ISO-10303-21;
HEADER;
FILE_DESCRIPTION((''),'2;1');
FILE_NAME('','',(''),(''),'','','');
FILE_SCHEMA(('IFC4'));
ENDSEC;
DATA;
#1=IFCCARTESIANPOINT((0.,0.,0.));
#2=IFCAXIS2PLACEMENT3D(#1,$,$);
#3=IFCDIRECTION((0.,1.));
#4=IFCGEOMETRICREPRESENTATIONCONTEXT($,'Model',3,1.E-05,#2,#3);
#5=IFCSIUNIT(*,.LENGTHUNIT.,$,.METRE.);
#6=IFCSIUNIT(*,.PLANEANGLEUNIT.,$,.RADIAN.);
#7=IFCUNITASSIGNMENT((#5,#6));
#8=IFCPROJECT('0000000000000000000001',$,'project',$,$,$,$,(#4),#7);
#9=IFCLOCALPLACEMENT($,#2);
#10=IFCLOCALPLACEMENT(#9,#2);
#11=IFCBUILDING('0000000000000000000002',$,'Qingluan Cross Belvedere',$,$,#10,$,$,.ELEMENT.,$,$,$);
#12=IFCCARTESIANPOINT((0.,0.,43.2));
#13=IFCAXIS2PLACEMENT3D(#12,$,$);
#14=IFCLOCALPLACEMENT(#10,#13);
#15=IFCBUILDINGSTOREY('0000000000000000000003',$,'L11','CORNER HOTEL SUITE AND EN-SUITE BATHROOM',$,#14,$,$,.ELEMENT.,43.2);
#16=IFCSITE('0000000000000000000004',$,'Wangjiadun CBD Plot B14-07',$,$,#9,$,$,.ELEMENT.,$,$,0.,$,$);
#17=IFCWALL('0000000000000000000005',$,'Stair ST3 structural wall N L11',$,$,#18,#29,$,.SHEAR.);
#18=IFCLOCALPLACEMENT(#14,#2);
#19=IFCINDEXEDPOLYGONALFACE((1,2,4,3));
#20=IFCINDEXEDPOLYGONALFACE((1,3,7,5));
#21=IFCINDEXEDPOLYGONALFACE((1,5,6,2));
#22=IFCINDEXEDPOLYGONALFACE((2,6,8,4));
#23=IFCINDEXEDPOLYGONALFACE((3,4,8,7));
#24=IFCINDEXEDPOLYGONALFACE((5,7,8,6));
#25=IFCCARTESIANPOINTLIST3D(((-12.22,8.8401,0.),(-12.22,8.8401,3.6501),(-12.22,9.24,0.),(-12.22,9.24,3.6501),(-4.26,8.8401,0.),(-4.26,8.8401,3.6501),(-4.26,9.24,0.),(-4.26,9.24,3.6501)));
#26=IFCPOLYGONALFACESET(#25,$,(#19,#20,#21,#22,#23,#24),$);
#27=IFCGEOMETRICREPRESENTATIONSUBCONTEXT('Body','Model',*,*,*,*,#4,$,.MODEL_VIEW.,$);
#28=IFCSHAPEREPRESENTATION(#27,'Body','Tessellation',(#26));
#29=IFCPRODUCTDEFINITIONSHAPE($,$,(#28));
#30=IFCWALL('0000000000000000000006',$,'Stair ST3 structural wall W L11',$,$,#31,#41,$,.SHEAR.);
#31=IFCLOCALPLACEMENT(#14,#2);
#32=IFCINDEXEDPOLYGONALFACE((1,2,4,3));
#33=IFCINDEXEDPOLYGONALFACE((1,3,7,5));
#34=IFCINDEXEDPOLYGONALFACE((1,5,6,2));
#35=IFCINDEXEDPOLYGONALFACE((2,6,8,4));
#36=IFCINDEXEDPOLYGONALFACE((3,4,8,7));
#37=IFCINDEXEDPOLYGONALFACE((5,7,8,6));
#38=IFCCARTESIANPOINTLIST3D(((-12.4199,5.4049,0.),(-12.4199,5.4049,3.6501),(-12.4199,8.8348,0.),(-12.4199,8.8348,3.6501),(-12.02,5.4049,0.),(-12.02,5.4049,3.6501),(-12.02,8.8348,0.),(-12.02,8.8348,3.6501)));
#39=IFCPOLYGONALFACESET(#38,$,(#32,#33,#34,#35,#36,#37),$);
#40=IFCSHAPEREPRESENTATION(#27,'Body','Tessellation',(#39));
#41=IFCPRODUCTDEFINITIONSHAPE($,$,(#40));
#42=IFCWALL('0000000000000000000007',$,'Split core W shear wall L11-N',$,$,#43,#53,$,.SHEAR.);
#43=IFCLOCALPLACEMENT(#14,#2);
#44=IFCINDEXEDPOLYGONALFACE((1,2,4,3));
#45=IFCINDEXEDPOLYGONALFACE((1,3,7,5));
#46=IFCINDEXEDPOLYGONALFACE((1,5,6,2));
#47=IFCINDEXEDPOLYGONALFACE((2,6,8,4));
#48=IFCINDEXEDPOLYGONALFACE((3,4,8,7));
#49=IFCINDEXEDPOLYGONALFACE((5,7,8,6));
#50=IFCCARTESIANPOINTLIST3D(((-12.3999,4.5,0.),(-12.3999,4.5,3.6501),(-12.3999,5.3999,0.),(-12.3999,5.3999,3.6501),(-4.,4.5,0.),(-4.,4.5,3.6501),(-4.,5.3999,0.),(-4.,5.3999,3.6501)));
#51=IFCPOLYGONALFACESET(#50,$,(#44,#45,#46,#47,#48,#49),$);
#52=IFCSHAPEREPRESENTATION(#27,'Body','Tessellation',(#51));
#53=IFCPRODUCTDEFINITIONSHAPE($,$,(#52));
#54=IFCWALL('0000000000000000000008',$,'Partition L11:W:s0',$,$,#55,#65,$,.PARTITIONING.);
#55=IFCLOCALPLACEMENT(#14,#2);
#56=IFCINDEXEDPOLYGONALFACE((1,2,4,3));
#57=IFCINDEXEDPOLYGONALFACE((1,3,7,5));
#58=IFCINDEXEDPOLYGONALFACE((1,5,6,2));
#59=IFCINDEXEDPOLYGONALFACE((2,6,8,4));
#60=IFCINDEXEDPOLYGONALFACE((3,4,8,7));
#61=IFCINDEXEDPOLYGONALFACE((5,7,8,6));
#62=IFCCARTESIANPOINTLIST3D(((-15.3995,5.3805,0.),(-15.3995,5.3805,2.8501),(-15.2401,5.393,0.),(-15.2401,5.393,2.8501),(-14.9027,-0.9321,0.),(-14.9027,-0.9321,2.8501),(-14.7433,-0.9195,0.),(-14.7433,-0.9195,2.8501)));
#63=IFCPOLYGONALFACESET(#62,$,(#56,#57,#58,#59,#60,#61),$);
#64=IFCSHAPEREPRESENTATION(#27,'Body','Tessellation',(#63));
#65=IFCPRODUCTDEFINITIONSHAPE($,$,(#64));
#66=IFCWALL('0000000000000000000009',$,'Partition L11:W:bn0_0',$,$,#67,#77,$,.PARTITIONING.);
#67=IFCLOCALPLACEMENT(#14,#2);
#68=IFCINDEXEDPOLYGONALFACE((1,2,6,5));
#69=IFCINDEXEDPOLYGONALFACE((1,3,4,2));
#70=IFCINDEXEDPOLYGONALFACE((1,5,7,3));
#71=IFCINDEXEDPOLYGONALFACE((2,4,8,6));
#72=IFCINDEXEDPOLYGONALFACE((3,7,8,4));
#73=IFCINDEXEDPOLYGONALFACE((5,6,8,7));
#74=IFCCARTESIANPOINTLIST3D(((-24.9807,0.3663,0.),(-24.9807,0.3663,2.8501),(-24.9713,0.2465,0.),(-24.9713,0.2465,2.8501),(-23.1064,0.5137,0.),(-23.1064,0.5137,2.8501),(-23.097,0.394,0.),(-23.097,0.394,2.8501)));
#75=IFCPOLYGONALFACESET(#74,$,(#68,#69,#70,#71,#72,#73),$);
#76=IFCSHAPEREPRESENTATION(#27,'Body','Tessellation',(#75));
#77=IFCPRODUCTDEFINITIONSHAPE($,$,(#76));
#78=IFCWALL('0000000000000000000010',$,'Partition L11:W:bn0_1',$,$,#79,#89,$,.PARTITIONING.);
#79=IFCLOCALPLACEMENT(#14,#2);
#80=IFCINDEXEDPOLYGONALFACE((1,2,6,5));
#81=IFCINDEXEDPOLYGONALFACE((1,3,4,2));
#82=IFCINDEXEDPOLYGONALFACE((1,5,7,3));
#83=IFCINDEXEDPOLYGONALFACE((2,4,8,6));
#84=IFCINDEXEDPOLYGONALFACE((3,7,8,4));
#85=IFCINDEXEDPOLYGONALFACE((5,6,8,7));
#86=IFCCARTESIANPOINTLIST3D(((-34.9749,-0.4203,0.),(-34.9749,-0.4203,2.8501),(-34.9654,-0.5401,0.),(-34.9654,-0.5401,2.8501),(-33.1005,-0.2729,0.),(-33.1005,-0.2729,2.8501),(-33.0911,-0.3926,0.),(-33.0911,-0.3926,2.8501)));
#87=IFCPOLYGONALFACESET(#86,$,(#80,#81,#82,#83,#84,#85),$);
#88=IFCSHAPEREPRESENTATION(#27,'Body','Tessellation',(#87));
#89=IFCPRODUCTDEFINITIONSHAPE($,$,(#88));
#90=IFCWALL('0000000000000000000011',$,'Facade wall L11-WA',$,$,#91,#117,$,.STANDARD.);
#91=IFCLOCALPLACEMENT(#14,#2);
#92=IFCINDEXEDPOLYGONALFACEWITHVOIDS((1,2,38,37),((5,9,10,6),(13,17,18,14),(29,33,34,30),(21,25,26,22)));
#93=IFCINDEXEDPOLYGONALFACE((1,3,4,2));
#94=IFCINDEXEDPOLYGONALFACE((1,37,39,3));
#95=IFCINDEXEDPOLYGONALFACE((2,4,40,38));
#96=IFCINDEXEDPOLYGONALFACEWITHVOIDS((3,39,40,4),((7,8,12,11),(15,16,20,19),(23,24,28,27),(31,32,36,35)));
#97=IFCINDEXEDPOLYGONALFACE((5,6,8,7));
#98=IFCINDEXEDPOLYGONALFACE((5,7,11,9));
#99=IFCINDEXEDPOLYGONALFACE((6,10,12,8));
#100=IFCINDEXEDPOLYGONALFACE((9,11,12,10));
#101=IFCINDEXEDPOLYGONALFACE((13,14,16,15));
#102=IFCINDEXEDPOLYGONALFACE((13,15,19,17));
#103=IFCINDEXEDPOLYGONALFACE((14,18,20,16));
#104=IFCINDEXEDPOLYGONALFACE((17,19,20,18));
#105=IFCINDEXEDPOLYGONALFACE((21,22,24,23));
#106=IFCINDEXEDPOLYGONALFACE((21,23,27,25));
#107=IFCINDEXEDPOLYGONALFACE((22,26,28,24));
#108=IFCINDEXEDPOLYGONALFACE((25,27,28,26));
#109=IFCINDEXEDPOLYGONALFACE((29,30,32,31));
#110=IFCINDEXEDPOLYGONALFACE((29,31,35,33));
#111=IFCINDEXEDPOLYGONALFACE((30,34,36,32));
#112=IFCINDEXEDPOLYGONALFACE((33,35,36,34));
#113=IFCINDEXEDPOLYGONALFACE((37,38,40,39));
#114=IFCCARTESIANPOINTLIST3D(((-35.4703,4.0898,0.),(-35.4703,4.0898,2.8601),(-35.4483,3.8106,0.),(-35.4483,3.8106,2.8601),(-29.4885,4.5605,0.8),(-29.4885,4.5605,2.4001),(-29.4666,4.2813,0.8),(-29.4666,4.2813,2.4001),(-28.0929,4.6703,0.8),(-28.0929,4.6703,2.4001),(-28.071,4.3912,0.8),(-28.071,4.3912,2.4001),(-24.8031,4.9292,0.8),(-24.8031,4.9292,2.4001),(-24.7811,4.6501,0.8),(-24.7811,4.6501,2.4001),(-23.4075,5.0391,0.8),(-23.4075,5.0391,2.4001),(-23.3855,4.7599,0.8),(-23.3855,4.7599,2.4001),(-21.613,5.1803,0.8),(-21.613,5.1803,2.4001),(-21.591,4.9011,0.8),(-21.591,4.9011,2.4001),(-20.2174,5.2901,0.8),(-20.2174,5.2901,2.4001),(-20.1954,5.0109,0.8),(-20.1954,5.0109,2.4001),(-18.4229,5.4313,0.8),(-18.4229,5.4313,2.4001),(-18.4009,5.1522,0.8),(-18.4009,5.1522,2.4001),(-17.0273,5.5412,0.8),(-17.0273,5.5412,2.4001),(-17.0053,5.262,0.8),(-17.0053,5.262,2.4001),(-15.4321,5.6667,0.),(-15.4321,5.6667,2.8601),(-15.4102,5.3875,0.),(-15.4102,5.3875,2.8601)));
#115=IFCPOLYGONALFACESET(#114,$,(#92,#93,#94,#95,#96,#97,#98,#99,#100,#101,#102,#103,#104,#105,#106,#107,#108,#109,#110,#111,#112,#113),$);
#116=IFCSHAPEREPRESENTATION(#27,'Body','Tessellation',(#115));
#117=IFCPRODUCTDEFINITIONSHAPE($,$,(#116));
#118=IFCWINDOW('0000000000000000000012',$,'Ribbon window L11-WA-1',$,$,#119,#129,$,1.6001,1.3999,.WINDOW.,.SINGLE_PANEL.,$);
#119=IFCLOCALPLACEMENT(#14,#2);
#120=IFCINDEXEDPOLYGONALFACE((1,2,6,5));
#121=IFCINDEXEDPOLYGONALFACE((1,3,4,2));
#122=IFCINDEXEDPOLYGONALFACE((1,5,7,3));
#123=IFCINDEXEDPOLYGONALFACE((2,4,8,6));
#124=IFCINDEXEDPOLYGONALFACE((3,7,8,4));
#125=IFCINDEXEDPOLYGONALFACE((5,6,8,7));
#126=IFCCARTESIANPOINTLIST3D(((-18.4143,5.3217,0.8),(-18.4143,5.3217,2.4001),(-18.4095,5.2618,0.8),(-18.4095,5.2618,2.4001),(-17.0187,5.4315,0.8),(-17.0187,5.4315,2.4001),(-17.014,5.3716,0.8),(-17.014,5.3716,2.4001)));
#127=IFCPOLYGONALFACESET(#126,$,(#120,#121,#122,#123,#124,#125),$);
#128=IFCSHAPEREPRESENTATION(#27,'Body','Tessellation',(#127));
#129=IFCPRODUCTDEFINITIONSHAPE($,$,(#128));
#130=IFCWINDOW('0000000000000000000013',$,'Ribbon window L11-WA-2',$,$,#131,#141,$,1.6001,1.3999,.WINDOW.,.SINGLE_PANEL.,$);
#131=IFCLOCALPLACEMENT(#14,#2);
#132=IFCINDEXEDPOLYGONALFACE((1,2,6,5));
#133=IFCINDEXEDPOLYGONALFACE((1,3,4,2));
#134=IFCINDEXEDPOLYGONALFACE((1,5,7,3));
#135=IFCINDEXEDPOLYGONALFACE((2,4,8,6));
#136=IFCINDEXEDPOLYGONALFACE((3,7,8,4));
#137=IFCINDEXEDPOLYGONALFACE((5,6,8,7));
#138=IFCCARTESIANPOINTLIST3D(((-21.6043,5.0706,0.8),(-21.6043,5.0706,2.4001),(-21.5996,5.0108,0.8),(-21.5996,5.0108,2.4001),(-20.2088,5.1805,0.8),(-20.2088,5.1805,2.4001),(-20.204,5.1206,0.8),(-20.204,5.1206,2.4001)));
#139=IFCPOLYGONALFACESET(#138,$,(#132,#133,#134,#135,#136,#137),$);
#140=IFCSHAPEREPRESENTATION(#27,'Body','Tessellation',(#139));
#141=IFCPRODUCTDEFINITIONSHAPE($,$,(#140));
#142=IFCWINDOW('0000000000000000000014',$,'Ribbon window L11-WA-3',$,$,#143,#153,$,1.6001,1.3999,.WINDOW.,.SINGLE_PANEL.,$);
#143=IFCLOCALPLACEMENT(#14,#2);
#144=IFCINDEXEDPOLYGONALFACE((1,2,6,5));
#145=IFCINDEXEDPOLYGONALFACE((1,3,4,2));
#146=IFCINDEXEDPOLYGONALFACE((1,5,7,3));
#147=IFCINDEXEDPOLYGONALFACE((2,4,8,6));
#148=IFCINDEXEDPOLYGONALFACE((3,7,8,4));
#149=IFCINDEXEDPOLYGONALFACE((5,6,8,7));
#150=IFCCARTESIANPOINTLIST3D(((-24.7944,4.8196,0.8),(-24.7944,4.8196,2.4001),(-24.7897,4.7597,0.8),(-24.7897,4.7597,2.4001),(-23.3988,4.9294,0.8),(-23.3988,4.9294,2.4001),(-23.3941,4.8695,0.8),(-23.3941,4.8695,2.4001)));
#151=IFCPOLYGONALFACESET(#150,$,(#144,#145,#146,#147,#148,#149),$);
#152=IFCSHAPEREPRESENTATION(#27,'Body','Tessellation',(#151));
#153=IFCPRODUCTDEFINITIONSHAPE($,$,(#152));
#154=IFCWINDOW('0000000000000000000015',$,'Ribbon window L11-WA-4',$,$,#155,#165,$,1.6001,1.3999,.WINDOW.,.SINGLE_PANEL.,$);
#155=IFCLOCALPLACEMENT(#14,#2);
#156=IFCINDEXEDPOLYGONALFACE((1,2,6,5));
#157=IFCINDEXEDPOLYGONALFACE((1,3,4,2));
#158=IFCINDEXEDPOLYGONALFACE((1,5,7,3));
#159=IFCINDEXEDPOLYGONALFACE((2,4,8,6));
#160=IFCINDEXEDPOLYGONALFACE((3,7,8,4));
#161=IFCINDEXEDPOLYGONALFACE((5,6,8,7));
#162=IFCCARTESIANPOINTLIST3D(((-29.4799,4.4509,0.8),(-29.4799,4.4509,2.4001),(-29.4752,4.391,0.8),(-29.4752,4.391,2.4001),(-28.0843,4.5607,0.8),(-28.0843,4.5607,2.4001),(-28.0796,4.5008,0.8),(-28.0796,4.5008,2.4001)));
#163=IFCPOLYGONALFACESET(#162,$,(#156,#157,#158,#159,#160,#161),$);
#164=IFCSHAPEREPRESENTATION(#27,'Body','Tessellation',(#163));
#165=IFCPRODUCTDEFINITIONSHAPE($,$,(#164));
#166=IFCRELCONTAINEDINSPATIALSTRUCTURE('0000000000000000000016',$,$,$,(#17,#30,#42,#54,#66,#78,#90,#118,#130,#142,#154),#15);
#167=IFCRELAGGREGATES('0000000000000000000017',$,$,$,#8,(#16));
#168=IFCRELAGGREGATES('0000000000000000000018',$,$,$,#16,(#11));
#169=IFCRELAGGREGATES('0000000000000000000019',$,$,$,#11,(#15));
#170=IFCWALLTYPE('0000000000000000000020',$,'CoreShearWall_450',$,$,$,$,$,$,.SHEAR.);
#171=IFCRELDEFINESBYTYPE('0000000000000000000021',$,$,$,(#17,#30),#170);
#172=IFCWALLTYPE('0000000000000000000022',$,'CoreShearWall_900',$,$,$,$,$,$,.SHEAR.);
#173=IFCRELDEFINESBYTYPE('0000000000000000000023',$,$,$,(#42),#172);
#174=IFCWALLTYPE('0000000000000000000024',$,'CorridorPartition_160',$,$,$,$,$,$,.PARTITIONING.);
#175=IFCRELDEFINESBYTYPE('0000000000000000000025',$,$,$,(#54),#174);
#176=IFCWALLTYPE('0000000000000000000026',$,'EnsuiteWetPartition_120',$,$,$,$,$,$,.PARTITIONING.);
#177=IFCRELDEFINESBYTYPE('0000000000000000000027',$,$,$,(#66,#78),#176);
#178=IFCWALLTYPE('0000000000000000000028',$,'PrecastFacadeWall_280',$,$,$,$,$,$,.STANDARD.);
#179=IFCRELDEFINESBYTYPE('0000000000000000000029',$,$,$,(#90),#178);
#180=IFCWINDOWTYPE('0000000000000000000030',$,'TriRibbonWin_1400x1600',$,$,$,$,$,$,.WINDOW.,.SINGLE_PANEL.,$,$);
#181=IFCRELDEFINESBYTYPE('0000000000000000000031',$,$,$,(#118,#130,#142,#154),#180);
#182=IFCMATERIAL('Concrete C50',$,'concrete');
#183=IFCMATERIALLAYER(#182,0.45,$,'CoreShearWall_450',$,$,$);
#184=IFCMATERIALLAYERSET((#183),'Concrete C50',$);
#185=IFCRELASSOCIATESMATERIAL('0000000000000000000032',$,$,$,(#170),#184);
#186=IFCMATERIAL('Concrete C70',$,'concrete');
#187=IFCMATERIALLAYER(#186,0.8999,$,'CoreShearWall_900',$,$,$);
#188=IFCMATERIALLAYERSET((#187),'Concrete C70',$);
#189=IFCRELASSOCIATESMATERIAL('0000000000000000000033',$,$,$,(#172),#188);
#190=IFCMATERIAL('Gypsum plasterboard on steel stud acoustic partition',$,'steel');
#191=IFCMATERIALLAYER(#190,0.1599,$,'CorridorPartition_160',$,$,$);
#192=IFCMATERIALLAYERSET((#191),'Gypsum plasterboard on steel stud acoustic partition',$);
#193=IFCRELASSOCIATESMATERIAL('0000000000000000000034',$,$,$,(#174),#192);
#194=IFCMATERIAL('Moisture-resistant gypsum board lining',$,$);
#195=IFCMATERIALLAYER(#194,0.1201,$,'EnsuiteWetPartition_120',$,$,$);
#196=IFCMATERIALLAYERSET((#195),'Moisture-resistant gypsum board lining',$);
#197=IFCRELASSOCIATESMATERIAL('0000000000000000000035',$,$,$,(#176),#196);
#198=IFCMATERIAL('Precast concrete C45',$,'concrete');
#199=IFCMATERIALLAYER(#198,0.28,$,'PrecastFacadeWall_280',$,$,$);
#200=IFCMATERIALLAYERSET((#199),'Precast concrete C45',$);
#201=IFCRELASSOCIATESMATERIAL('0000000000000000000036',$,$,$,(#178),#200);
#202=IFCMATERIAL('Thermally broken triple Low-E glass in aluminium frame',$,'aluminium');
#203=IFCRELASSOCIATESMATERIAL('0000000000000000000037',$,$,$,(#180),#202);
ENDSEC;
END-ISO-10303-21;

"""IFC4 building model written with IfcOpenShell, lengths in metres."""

from ifc_helpers import new_model, si_unit, direction, frame, frame_2d, origin, place, context, subcontext, project, spatial, rectangle, extrude, material, layer, layer_set, type_object, element, fill, save


model = new_model("IFC4")

# Units and contexts
model_context = context("Model", 3, precision=1e-05, world=origin(), true_north=direction((0.0, 1.0)))
body_context = subcontext(model_context, "Body", "Model", "MODEL_VIEW")
ifc_project = project(units=[si_unit("LENGTHUNIT", "METRE"), si_unit("PLANEANGLEUNIT", "RADIAN")], contexts=[model_context])

# Site, building, storey
site_placement = place(None, origin())
site = spatial("IfcSite", under=ifc_project, at=site_placement, Name="Wangjiadun CBD Plot B14-07", CompositionType="ELEMENT", RefElevation=0.0)
building_placement = place(site_placement, origin())
building = spatial("IfcBuilding", under=site, at=building_placement, Name="Qingluan Cross Belvedere", CompositionType="ELEMENT")
storey_placement = place(building_placement, frame((0.0, 0.0, 43.2)))
storey = spatial("IfcBuildingStorey", under=building, at=storey_placement, Name="L11", Description="CORNER HOTEL SUITE AND EN-SUITE BATHROOM", CompositionType="ELEMENT", Elevation=43.2)

# Walls
ifc_material_1 = material(Name="Concrete C50", Category="concrete")
ifc_layer_1 = layer(ifc_material_1, 0.45, Name="CoreShearWall_450")
ifc_layer_set_1 = layer_set([ifc_layer_1], Name="Concrete C50")
wall_type_1 = type_object("IfcWallType", Name="CoreShearWall_450", PredefinedType="SHEAR", material=ifc_layer_set_1)
wall_1_placement = place(storey_placement, frame((-12.22, 9.04, 0.0), z_axis=(0.0, 0.0, 1.0), x_axis=(1.0, 0.0, 0.0)))
element("IfcWall", 1, at=wall_1_placement, inside=storey, type_object=wall_type_1, Name="Stair ST3 structural wall N L11", PredefinedType="SHEAR", context=body_context, shape_type="SweptSolid", body=[
    extrude(rectangle(XDim=7.96, YDim=0.3999, at=frame_2d((3.98, 0.0))), origin(), (0.0, 0.0, 1.0), 3.6501),
])
wall_2_placement = place(storey_placement, frame((-12.22, 5.405, 0.0), z_axis=(0.0, 0.0, 1.0), x_axis=(0.0, 1.0, 0.0)))
element("IfcWall", 2, at=wall_2_placement, inside=storey, type_object=wall_type_1, Name="Stair ST3 structural wall W L11", PredefinedType="SHEAR", context=body_context, shape_type="SweptSolid", body=[
    extrude(rectangle(XDim=3.4299, YDim=0.3999, at=frame_2d((1.7148, 0.0))), origin(), (0.0, 0.0, 1.0), 3.6501),
])
ifc_material_2 = material(Name="Concrete C70", Category="concrete")
ifc_layer_2 = layer(ifc_material_2, 0.8999, Name="CoreShearWall_900")
ifc_layer_set_2 = layer_set([ifc_layer_2], Name="Concrete C70")
wall_type_2 = type_object("IfcWallType", Name="CoreShearWall_900", PredefinedType="SHEAR", material=ifc_layer_set_2)
wall_3_placement = place(storey_placement, frame((-12.3999, 4.95, 0.0), z_axis=(0.0, 0.0, 1.0), x_axis=(1.0, 0.0, 0.0)))
element("IfcWall", 3, at=wall_3_placement, inside=storey, type_object=wall_type_2, Name="Split core W shear wall L11-N", PredefinedType="SHEAR", context=body_context, shape_type="SweptSolid", body=[
    extrude(rectangle(XDim=8.3999, YDim=0.8999, at=frame_2d((4.2, 0.0))), origin(), (0.0, 0.0, 1.0), 3.6501),
])
ifc_material_3 = material(Name="Gypsum plasterboard on steel stud acoustic partition", Category="steel")
ifc_layer_3 = layer(ifc_material_3, 0.1599, Name="CorridorPartition_160")
ifc_layer_set_3 = layer_set([ifc_layer_3], Name="Gypsum plasterboard on steel stud acoustic partition")
wall_type_3 = type_object("IfcWallType", Name="CorridorPartition_160", PredefinedType="PARTITIONING", material=ifc_layer_set_3)
wall_4_placement = place(storey_placement, frame((-14.823, -0.9258, 0.0), z_axis=(0.0, 0.0, 1.0), x_axis=(-0.078462, 0.996917, 0.0)))
element("IfcWall", 4, at=wall_4_placement, inside=storey, type_object=wall_type_3, Name="Partition L11:W:s0", PredefinedType="PARTITIONING", context=body_context, shape_type="SweptSolid", body=[
    extrude(rectangle(XDim=6.332, YDim=0.1599, at=frame_2d((3.166, 0.0))), origin(), (0.0, 0.0, 1.0), 2.8501),
])
ifc_material_4 = material(Name="Moisture-resistant gypsum board lining")
ifc_layer_4 = layer(ifc_material_4, 0.1201, Name="EnsuiteWetPartition_120")
ifc_layer_set_4 = layer_set([ifc_layer_4], Name="Moisture-resistant gypsum board lining")
wall_type_4 = type_object("IfcWallType", Name="EnsuiteWetPartition_120", PredefinedType="PARTITIONING", material=ifc_layer_set_4)
for number, where, z_axis, x_axis, name in (
    (5, (-23.1018, 0.4539, 0.0), (0.0, 0.0, 1.0), (-0.996919, -0.078434, 0.0), "Partition L11:W:bn0_0"),
    (6, (-33.0959, -0.3328, 0.0), (0.0, 0.0, 1.0), (-0.996919, -0.078434, 0.0), "Partition L11:W:bn0_1"),
):
    element("IfcWall", number, at=place(storey_placement, frame(where, z_axis=z_axis, x_axis=x_axis)), inside=storey, type_object=wall_type_4, Name=name, PredefinedType="PARTITIONING", context=body_context, shape_type="SweptSolid", body=[
        extrude(rectangle(XDim=1.8801, YDim=0.1201, at=frame_2d((0.9399, 0.0))), origin(), (0.0, 0.0, 1.0), 2.8501),
    ])

# Wall, openings, windows
ifc_material_5 = material(Name="Precast concrete C45", Category="concrete")
ifc_layer_5 = layer(ifc_material_5, 0.28, Name="PrecastFacadeWall_280")
ifc_layer_set_5 = layer_set([ifc_layer_5], Name="Precast concrete C45")
wall_type_5 = type_object("IfcWallType", Name="PrecastFacadeWall_280", PredefinedType="STANDARD", material=ifc_layer_set_5)
wall_5_placement = place(storey_placement, frame((-15.4211, 5.5271, 0.0), z_axis=(0.0, 0.0, 1.0), x_axis=(-0.996918, -0.078453, 0.0)))
wall_5 = element("IfcWall", 7, at=wall_5_placement, inside=storey, type_object=wall_type_5, Name="Facade wall L11-WA", PredefinedType="STANDARD", context=body_context, shape_type="SweptSolid", body=[
    extrude(rectangle(XDim=20.1001, YDim=0.28, at=frame_2d((10.05, 0.0))), origin(), (0.0, 0.0, 1.0), 2.8601),
])
opening_1_placement = place(wall_5_placement, frame((1.6001, 0.0, 0.8)))
opening_1 = element("IfcOpeningElement", 8, at=opening_1_placement, cuts=wall_5, PredefinedType="OPENING", context=body_context, shape_type="SweptSolid", body=[
    extrude(rectangle(XDim=1.3999, YDim=1.6001, at=frame_2d((0.7, 0.8))), frame((0.0, 0.1499, 0.0), z_axis=(0.0, -1.0, 0.0), x_axis=(1.0, 0.0, 0.0)), (0.0, 0.0, 1.0), 0.3),
])
opening_2_placement = place(wall_5_placement, frame((4.8, 0.0, 0.8)))
opening_2 = element("IfcOpeningElement", 9, at=opening_2_placement, cuts=wall_5, PredefinedType="OPENING", context=body_context, shape_type="SweptSolid", body=[
    extrude(rectangle(XDim=1.3999, YDim=1.6001, at=frame_2d((0.7, 0.8))), frame((0.0, 0.1499, 0.0), z_axis=(0.0, -1.0, 0.0), x_axis=(1.0, 0.0, 0.0)), (0.0, 0.0, 1.0), 0.3),
])
opening_3_placement = place(wall_5_placement, frame((8.0, 0.0, 0.8)))
opening_3 = element("IfcOpeningElement", 10, at=opening_3_placement, cuts=wall_5, PredefinedType="OPENING", context=body_context, shape_type="SweptSolid", body=[
    extrude(rectangle(XDim=1.3999, YDim=1.6001, at=frame_2d((0.7, 0.8))), frame((0.0, 0.1499, 0.0), z_axis=(0.0, -1.0, 0.0), x_axis=(1.0, 0.0, 0.0)), (0.0, 0.0, 1.0), 0.3),
])
opening_4_placement = place(wall_5_placement, frame((12.7, 0.0, 0.8)))
opening_4 = element("IfcOpeningElement", 11, at=opening_4_placement, cuts=wall_5, PredefinedType="OPENING", context=body_context, shape_type="SweptSolid", body=[
    extrude(rectangle(XDim=1.3999, YDim=1.6001, at=frame_2d((0.7, 0.8))), frame((0.0, 0.1499, 0.0), z_axis=(0.0, -1.0, 0.0), x_axis=(1.0, 0.0, 0.0)), (0.0, 0.0, 1.0), 0.3),
])
ifc_material_6 = material(Name="Thermally broken triple Low-E glass in aluminium frame", Category="aluminium")
window_type_1 = type_object("IfcWindowType", Name="TriRibbonWin_1400x1600", PartitioningType="SINGLE_PANEL", PredefinedType="WINDOW", material=ifc_material_6)
window_1_placement = place(opening_1_placement, origin())
window_1 = element("IfcWindow", 12, at=window_1_placement, inside=storey, type_object=window_type_1, Name="Ribbon window L11-WA-1", OverallHeight=1.6001, OverallWidth=1.3999, PartitioningType="SINGLE_PANEL", PredefinedType="WINDOW", context=body_context, shape_type="SweptSolid", body=[
    extrude(rectangle(XDim=1.3999, YDim=1.6001, at=frame_2d((0.7, 0.8))), frame((0.0, 0.03, 0.0), z_axis=(0.0, -1.0, 0.0), x_axis=(1.0, 0.0, 0.0)), (0.0, 0.0, 1.0), 0.0601),
])
fill(opening_1, window_1)
window_2_placement = place(opening_2_placement, origin())
window_2 = element("IfcWindow", 13, at=window_2_placement, inside=storey, type_object=window_type_1, Name="Ribbon window L11-WA-2", OverallHeight=1.6001, OverallWidth=1.3999, PartitioningType="SINGLE_PANEL", PredefinedType="WINDOW", context=body_context, shape_type="SweptSolid", body=[
    extrude(rectangle(XDim=1.3999, YDim=1.6001, at=frame_2d((0.7, 0.8))), frame((0.0, 0.03, 0.0), z_axis=(0.0, -1.0, 0.0), x_axis=(1.0, 0.0, 0.0)), (0.0, 0.0, 1.0), 0.0601),
])
fill(opening_2, window_2)
window_3_placement = place(opening_3_placement, origin())
window_3 = element("IfcWindow", 14, at=window_3_placement, inside=storey, type_object=window_type_1, Name="Ribbon window L11-WA-3", OverallHeight=1.6001, OverallWidth=1.3999, PartitioningType="SINGLE_PANEL", PredefinedType="WINDOW", context=body_context, shape_type="SweptSolid", body=[
    extrude(rectangle(XDim=1.3999, YDim=1.6001, at=frame_2d((0.7, 0.8))), frame((0.0, 0.03, 0.0), z_axis=(0.0, -1.0, 0.0), x_axis=(1.0, 0.0, 0.0)), (0.0, 0.0, 1.0), 0.0601),
])
fill(opening_3, window_3)
window_4_placement = place(opening_4_placement, origin())
window_4 = element("IfcWindow", 15, at=window_4_placement, inside=storey, type_object=window_type_1, Name="Ribbon window L11-WA-4", OverallHeight=1.6001, OverallWidth=1.3999, PartitioningType="SINGLE_PANEL", PredefinedType="WINDOW", context=body_context, shape_type="SweptSolid", body=[
    extrude(rectangle(XDim=1.3999, YDim=1.6001, at=frame_2d((0.7, 0.8))), frame((0.0, 0.03, 0.0), z_axis=(0.0, -1.0, 0.0), x_axis=(1.0, 0.0, 0.0)), (0.0, 0.0, 1.0), 0.0601),
])
fill(opening_4, window_4)

save(model, "model.ifc")
